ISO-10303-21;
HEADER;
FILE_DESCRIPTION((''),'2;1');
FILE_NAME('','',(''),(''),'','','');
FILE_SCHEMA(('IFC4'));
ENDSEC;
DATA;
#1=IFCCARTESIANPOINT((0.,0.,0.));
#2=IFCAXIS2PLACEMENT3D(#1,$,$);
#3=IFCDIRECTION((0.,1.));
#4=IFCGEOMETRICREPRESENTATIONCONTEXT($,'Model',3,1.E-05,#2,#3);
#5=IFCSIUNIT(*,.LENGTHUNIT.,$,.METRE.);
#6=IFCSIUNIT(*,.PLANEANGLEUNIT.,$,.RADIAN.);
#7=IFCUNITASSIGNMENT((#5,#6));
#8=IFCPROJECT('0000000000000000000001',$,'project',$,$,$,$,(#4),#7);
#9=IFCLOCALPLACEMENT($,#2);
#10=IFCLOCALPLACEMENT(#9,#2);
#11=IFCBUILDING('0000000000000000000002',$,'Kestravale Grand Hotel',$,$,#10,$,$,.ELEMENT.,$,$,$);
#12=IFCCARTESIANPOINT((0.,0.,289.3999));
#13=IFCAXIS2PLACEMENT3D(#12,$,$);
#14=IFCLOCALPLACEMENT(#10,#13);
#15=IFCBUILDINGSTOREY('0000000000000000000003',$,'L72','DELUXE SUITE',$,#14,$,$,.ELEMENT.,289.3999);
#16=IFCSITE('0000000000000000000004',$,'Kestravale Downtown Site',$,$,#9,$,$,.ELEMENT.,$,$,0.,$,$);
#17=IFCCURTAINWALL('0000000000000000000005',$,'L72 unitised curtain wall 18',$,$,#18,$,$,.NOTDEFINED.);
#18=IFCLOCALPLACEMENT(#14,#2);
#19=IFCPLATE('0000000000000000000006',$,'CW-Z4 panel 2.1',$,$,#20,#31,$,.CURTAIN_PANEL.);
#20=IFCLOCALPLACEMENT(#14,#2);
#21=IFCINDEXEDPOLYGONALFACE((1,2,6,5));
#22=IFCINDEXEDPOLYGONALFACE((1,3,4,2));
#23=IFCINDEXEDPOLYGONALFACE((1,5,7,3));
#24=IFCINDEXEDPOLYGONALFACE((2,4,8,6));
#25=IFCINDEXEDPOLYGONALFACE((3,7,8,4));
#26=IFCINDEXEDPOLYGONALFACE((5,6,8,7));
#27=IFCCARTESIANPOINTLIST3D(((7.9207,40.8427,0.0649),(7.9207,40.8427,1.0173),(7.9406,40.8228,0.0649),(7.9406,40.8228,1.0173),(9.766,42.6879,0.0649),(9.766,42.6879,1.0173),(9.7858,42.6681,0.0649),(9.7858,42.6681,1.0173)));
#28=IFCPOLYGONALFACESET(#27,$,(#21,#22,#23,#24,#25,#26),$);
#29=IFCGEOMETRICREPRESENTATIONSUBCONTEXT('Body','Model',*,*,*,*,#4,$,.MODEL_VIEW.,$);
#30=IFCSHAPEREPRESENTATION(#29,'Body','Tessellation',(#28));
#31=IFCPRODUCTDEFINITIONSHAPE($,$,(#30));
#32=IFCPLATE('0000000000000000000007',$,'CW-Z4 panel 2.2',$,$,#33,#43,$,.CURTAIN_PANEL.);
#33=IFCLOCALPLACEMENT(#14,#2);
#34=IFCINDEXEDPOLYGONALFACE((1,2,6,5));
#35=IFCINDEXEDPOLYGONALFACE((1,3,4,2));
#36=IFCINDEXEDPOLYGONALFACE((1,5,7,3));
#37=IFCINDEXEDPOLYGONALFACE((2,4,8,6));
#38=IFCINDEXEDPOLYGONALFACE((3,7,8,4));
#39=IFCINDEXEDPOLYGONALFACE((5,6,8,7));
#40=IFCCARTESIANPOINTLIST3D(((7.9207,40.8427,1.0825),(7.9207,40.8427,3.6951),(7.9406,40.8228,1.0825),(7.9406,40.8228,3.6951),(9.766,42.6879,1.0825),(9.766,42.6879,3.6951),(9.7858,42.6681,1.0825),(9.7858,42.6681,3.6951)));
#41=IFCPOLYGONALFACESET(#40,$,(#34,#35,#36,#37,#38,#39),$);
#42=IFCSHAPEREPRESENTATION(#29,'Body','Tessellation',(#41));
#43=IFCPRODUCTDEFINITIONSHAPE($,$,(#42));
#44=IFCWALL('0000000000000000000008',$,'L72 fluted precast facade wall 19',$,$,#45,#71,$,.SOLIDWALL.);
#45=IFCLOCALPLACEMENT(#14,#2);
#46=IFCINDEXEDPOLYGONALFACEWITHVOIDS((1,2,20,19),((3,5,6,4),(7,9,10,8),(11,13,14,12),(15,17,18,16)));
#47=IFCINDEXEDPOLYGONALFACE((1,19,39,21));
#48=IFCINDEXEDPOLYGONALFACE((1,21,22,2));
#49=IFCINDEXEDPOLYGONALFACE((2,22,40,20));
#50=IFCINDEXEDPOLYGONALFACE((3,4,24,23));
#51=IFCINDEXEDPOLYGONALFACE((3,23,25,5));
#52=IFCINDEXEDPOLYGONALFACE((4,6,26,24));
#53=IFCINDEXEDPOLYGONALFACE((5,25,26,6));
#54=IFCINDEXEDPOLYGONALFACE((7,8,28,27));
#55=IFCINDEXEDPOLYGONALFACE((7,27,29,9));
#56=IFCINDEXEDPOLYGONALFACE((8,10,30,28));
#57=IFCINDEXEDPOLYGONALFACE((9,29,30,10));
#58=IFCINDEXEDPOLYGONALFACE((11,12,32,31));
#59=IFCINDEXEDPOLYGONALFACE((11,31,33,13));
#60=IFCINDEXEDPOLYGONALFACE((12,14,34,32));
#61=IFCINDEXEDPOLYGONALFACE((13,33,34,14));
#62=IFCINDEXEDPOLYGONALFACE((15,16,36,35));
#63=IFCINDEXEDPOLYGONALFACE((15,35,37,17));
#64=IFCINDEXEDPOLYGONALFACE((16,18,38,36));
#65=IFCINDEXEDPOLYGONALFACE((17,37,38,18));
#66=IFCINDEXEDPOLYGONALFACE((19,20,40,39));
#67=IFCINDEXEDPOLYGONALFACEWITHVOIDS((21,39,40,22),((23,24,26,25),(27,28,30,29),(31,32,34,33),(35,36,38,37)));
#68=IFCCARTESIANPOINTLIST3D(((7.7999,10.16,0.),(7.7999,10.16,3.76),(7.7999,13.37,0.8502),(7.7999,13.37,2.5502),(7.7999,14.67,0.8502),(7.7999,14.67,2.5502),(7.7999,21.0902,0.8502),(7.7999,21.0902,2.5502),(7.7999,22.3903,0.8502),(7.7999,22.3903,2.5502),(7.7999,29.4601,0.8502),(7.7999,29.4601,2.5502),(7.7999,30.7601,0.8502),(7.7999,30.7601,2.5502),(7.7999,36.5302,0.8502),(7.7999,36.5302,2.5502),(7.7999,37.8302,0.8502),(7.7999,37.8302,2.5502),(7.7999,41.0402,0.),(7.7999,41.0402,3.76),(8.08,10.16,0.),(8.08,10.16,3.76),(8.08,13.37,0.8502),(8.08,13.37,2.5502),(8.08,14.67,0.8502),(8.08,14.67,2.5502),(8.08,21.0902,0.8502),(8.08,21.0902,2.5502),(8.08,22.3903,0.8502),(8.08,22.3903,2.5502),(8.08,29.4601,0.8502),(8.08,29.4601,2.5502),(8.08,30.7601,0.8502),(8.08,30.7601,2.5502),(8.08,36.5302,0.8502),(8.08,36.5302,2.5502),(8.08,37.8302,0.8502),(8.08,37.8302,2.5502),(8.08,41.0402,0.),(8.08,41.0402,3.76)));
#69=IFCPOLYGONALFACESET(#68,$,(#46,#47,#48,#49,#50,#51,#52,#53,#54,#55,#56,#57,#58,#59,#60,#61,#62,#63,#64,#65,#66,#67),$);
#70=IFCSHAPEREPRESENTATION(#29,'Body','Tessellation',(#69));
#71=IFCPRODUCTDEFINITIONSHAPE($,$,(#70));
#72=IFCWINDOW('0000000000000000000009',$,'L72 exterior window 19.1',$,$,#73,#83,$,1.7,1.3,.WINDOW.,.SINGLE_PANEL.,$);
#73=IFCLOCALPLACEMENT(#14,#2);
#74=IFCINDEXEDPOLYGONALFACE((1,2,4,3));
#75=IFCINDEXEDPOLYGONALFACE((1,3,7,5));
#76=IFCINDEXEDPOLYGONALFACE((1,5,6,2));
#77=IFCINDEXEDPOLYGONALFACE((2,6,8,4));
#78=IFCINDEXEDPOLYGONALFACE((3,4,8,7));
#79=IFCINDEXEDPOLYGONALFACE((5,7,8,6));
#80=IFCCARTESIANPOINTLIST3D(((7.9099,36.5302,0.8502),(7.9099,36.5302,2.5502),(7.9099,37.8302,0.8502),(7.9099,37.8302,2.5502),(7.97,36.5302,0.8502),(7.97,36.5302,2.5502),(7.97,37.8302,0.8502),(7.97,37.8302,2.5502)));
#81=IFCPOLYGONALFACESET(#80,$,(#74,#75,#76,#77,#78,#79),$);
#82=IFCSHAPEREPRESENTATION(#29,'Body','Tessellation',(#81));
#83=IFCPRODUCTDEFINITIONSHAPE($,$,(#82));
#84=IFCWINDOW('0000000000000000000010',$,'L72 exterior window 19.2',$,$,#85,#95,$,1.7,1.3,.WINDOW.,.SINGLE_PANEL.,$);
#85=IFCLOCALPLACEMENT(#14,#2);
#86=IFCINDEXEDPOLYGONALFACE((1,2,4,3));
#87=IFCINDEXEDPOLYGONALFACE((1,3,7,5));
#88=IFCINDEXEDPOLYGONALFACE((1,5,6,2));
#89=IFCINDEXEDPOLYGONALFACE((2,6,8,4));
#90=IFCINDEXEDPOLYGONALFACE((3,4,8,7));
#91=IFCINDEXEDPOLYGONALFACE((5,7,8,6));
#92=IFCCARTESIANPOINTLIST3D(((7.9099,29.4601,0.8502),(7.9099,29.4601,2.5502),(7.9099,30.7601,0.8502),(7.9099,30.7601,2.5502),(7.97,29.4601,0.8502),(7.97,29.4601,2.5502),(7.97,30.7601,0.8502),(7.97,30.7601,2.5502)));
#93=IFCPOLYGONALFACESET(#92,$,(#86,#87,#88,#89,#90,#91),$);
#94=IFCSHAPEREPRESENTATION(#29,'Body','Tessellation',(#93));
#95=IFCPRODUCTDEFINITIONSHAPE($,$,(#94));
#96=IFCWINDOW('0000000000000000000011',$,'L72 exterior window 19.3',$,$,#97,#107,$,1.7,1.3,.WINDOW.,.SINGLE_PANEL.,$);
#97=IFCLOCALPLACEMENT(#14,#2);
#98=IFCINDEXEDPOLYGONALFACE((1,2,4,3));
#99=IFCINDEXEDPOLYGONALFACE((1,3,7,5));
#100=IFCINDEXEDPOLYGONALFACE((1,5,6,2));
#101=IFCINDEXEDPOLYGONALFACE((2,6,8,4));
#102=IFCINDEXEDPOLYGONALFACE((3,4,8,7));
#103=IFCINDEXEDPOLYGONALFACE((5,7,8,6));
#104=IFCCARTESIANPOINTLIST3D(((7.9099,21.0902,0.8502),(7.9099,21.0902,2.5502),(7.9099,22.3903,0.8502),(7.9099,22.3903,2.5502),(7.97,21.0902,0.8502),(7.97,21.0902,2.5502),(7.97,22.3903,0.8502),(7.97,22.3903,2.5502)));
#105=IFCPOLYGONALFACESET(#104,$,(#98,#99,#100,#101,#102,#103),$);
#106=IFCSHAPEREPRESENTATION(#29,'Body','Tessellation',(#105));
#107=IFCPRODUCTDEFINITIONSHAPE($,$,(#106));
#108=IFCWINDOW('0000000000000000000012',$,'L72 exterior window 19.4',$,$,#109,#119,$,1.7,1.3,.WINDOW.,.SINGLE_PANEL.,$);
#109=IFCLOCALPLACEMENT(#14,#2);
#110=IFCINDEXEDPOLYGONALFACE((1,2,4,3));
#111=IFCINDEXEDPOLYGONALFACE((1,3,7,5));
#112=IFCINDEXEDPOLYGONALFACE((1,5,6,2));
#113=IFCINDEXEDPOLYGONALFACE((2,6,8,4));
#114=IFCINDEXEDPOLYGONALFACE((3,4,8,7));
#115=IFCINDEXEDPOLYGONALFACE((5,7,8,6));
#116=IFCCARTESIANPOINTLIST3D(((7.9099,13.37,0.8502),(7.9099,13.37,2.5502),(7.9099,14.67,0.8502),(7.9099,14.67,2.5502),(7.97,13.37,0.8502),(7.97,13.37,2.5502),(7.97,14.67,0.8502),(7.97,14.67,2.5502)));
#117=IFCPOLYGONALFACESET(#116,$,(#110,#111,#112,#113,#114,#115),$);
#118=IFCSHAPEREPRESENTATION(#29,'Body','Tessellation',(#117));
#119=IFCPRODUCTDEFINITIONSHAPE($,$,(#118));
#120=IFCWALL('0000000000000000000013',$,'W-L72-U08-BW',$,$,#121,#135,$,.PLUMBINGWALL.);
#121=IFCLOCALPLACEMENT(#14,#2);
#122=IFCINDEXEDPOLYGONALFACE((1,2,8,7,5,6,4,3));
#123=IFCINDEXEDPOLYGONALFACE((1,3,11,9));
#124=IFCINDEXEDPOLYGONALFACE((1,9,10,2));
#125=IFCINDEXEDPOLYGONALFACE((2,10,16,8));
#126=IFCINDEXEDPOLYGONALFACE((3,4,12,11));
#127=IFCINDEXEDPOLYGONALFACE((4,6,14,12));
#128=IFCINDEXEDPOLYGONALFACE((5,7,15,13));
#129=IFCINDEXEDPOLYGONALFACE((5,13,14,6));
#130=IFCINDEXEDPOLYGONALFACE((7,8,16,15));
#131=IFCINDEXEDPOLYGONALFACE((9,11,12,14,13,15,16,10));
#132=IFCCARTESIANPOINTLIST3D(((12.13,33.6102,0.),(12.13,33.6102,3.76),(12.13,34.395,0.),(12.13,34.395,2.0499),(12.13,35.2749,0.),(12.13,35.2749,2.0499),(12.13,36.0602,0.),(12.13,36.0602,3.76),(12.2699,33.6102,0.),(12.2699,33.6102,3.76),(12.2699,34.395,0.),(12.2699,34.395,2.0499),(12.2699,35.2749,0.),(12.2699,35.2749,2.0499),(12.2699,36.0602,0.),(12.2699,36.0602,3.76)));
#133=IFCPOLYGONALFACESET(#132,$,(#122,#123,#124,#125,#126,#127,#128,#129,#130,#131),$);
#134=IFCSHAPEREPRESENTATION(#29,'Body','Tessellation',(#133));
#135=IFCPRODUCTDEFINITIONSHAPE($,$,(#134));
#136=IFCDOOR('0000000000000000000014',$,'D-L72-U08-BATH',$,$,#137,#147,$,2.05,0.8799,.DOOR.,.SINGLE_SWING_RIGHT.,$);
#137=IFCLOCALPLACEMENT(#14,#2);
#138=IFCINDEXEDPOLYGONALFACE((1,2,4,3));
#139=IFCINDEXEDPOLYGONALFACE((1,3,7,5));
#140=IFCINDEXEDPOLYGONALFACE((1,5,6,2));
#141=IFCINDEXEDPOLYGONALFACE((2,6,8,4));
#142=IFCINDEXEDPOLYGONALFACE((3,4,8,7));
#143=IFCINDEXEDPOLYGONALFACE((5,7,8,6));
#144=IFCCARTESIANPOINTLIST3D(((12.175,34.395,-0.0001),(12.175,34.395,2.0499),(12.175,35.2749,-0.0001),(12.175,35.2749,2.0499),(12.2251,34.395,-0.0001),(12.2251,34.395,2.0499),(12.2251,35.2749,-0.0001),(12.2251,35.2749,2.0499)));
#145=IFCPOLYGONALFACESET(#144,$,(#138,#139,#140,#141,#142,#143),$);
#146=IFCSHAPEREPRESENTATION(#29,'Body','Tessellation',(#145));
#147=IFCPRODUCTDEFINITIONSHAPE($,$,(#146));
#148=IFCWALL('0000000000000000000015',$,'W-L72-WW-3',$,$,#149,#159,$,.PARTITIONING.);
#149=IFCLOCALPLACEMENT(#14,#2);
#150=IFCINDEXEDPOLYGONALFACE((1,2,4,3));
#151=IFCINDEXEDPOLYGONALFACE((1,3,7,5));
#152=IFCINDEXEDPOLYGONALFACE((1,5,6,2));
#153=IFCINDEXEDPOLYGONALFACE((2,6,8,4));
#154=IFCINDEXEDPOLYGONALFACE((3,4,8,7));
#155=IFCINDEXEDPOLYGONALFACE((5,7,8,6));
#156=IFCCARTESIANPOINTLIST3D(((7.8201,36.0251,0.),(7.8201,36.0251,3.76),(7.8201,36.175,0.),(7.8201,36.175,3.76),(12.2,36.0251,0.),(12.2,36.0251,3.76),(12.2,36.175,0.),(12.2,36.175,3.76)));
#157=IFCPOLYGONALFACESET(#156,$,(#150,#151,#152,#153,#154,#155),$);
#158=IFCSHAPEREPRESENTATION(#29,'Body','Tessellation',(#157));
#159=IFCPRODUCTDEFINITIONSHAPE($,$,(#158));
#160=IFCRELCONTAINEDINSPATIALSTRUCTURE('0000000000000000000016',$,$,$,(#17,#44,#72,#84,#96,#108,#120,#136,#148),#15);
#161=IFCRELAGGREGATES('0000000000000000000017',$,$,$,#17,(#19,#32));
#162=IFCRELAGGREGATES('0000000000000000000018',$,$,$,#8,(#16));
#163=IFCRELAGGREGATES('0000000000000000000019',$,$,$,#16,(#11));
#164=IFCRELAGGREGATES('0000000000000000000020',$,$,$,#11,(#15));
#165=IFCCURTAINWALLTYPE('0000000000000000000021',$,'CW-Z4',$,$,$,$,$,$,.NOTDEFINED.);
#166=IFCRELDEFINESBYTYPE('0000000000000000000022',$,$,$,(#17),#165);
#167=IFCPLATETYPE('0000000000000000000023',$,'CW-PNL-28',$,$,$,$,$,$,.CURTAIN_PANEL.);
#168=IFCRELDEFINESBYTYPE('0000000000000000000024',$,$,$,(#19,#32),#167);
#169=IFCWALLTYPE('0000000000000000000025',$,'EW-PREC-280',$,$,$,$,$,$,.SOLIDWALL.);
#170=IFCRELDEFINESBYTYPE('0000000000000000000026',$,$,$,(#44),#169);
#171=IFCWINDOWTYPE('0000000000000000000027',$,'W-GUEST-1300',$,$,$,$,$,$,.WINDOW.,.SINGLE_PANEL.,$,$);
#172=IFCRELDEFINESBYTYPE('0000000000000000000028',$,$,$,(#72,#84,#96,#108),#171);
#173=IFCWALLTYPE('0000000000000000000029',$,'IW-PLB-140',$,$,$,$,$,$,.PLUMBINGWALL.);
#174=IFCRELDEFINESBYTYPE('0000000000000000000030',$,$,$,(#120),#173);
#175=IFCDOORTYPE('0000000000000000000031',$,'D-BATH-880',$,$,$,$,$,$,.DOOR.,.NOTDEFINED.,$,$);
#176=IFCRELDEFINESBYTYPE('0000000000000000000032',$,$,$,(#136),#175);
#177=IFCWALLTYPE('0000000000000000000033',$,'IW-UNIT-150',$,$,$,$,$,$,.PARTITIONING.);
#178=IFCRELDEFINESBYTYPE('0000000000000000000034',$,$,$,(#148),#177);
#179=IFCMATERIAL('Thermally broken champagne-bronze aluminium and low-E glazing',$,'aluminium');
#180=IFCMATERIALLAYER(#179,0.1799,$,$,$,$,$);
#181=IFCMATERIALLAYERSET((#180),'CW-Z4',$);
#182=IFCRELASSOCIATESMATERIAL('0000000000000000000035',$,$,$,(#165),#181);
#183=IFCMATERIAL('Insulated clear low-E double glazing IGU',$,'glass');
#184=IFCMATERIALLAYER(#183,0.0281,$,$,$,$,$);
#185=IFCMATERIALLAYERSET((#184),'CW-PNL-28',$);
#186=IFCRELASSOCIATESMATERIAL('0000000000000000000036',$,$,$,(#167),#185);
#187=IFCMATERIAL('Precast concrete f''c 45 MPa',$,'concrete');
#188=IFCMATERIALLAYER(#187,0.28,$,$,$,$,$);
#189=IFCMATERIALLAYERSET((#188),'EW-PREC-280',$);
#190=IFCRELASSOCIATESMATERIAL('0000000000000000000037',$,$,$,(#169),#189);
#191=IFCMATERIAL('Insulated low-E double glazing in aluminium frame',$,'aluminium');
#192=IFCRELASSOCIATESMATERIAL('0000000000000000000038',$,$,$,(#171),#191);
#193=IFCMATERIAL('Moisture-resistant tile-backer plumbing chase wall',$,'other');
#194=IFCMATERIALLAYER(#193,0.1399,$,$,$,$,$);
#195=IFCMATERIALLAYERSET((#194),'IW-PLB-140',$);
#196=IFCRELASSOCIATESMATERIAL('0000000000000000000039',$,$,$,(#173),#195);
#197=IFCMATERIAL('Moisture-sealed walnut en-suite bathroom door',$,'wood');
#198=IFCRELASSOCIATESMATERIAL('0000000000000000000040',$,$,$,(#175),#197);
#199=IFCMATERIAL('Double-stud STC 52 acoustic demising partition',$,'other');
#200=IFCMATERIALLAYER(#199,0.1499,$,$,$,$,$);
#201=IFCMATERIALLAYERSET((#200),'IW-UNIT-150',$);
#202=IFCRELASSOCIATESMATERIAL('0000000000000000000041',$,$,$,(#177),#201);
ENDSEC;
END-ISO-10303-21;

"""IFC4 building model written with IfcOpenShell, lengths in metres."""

from ifc_helpers import new_model, si_unit, direction, frame, frame_2d, origin, origin_2d, place, context, subcontext, project, spatial, rectangle, extrude, material, layer, layer_set, type_object, element, fill, aggregate, save


model = new_model("IFC4")

# Units and contexts
model_context = context("Model", 3, precision=1e-05, world=origin(), true_north=direction((0.0, 1.0)))
body_context = subcontext(model_context, "Body", "Model", "MODEL_VIEW")
ifc_project = project(units=[si_unit("LENGTHUNIT", "METRE"), si_unit("PLANEANGLEUNIT", "RADIAN")], contexts=[model_context])

# Site, building, storey
site_placement = place(None, origin())
site = spatial("IfcSite", under=ifc_project, at=site_placement, Name="Kestravale Downtown Site", CompositionType="ELEMENT", RefElevation=0.0)
building_placement = place(site_placement, origin())
building = spatial("IfcBuilding", under=site, at=building_placement, Name="Kestravale Grand Hotel", CompositionType="ELEMENT")
storey_placement = place(building_placement, frame((0.0, 0.0, 289.3999)))
storey = spatial("IfcBuildingStorey", under=building, at=storey_placement, Name="L72", Description="DELUXE SUITE", CompositionType="ELEMENT", Elevation=289.3999)

# Curtain wall, plates
ifc_material_1 = material(Name="Thermally broken champagne-bronze aluminium and low-E glazing", Category="aluminium")
ifc_layer_1 = layer(ifc_material_1, 0.1799)
ifc_layer_set_1 = layer_set([ifc_layer_1], Name="CW-Z4")
curtain_wall_type = type_object("IfcCurtainWallType", Name="CW-Z4", PredefinedType="NOTDEFINED", material=ifc_layer_set_1)
curtain_wall_placement = place(storey_placement, origin())
curtain_wall = element("IfcCurtainWall", 1, at=curtain_wall_placement, inside=storey, type_object=curtain_wall_type, Name="L72 unitised curtain wall 18", PredefinedType="NOTDEFINED")
ifc_material_2 = material(Name="Insulated clear low-E double glazing IGU", Category="glass")
ifc_layer_2 = layer(ifc_material_2, 0.0281)
ifc_layer_set_2 = layer_set([ifc_layer_2], Name="CW-PNL-28")
plate_type = type_object("IfcPlateType", Name="CW-PNL-28", PredefinedType="CURTAIN_PANEL", material=ifc_layer_set_2)
plate_1_placement = place(storey_placement, frame((8.8533, 41.7554, 0.0649), z_axis=(0.0, 0.0, 1.0), x_axis=(-0.707107, -0.707107, 0.0)))
plate_1 = element("IfcPlate", 2, at=plate_1_placement, type_object=plate_type, Name="CW-Z4 panel 2.1", PredefinedType="CURTAIN_PANEL", context=body_context, shape_type="SweptSolid", body=[
    extrude(rectangle(XDim=2.6096, YDim=0.0281, at=origin_2d()), origin(), (0.0, 0.0, 1.0), 0.9524),
])
plate_2_placement = place(storey_placement, frame((8.8533, 41.7554, 1.0825), z_axis=(0.0, 0.0, 1.0), x_axis=(-0.707107, -0.707107, 0.0)))
plate_2 = element("IfcPlate", 3, at=plate_2_placement, type_object=plate_type, Name="CW-Z4 panel 2.2", PredefinedType="CURTAIN_PANEL", context=body_context, shape_type="SweptSolid", body=[
    extrude(rectangle(XDim=2.6096, YDim=0.0281, at=origin_2d()), origin(), (0.0, 0.0, 1.0), 2.6125),
])
aggregate(curtain_wall, [plate_1, plate_2])

# Wall, openings, windows
ifc_material_3 = material(Name="Precast concrete f'c 45 MPa", Category="concrete")
ifc_layer_3 = layer(ifc_material_3, 0.28)
ifc_layer_set_3 = layer_set([ifc_layer_3], Name="EW-PREC-280")
wall_type_1 = type_object("IfcWallType", Name="EW-PREC-280", PredefinedType="SOLIDWALL", material=ifc_layer_set_3)
wall_1_placement = place(storey_placement, frame((7.9399, 41.04, 0.0), z_axis=(0.0, 0.0, 1.0), x_axis=(0.0, -1.0, 0.0)))
wall_1 = element("IfcWall", 4, at=wall_1_placement, inside=storey, type_object=wall_type_1, Name="L72 fluted precast facade wall 19", PredefinedType="SOLIDWALL", context=body_context, shape_type="SweptSolid", body=[
    extrude(rectangle(XDim=30.8801, YDim=0.28, at=frame_2d((15.4399, 0.0))), origin(), (0.0, 0.0, 1.0), 3.76),
])
opening_1_placement = place(wall_1_placement, frame((3.21, 0.0, 0.8501)))
opening_1 = element("IfcOpeningElement", 5, at=opening_1_placement, cuts=wall_1, PredefinedType="OPENING", context=body_context, shape_type="SweptSolid", body=[
    extrude(rectangle(XDim=1.3, YDim=1.7, at=frame_2d((0.6499, 0.8501))), frame((0.0, 0.1499, 0.0), z_axis=(0.0, -1.0, 0.0), x_axis=(1.0, 0.0, 0.0)), (0.0, 0.0, 1.0), 0.3),
])
opening_2_placement = place(wall_1_placement, frame((10.28, 0.0, 0.8501)))
opening_2 = element("IfcOpeningElement", 6, at=opening_2_placement, cuts=wall_1, PredefinedType="OPENING", context=body_context, shape_type="SweptSolid", body=[
    extrude(rectangle(XDim=1.3, YDim=1.7, at=frame_2d((0.6499, 0.8501))), frame((0.0, 0.1499, 0.0), z_axis=(0.0, -1.0, 0.0), x_axis=(1.0, 0.0, 0.0)), (0.0, 0.0, 1.0), 0.3),
])
opening_3_placement = place(wall_1_placement, frame((18.6499, 0.0, 0.8501)))
opening_3 = element("IfcOpeningElement", 7, at=opening_3_placement, cuts=wall_1, PredefinedType="OPENING", context=body_context, shape_type="SweptSolid", body=[
    extrude(rectangle(XDim=1.3, YDim=1.7, at=frame_2d((0.6499, 0.8501))), frame((0.0, 0.1499, 0.0), z_axis=(0.0, -1.0, 0.0), x_axis=(1.0, 0.0, 0.0)), (0.0, 0.0, 1.0), 0.3),
])
opening_4_placement = place(wall_1_placement, frame((26.3701, 0.0, 0.8501)))
opening_4 = element("IfcOpeningElement", 8, at=opening_4_placement, cuts=wall_1, PredefinedType="OPENING", context=body_context, shape_type="SweptSolid", body=[
    extrude(rectangle(XDim=1.3, YDim=1.7, at=frame_2d((0.6499, 0.8501))), frame((0.0, 0.1499, 0.0), z_axis=(0.0, -1.0, 0.0), x_axis=(1.0, 0.0, 0.0)), (0.0, 0.0, 1.0), 0.3),
])
ifc_material_4 = material(Name="Insulated low-E double glazing in aluminium frame", Category="aluminium")
window_type = type_object("IfcWindowType", Name="W-GUEST-1300", PartitioningType="SINGLE_PANEL", PredefinedType="WINDOW", material=ifc_material_4)
window_1_placement = place(opening_1_placement, origin())
window_1 = element("IfcWindow", 9, at=window_1_placement, inside=storey, type_object=window_type, Name="L72 exterior window 19.1", OverallHeight=1.7, OverallWidth=1.3, PartitioningType="SINGLE_PANEL", PredefinedType="WINDOW", context=body_context, shape_type="SweptSolid", body=[
    extrude(rectangle(XDim=1.3, YDim=1.7, at=frame_2d((0.6499, 0.8501))), frame((0.0, 0.03, 0.0), z_axis=(0.0, -1.0, 0.0), x_axis=(1.0, 0.0, 0.0)), (0.0, 0.0, 1.0), 0.0601),
])
fill(opening_1, window_1)
window_2_placement = place(opening_2_placement, origin())
window_2 = element("IfcWindow", 10, at=window_2_placement, inside=storey, type_object=window_type, Name="L72 exterior window 19.2", OverallHeight=1.7, OverallWidth=1.3, PartitioningType="SINGLE_PANEL", PredefinedType="WINDOW", context=body_context, shape_type="SweptSolid", body=[
    extrude(rectangle(XDim=1.3, YDim=1.7, at=frame_2d((0.6499, 0.8501))), frame((0.0, 0.03, 0.0), z_axis=(0.0, -1.0, 0.0), x_axis=(1.0, 0.0, 0.0)), (0.0, 0.0, 1.0), 0.0601),
])
fill(opening_2, window_2)
window_3_placement = place(opening_3_placement, origin())
window_3 = element("IfcWindow", 11, at=window_3_placement, inside=storey, type_object=window_type, Name="L72 exterior window 19.3", OverallHeight=1.7, OverallWidth=1.3, PartitioningType="SINGLE_PANEL", PredefinedType="WINDOW", context=body_context, shape_type="SweptSolid", body=[
    extrude(rectangle(XDim=1.3, YDim=1.7, at=frame_2d((0.6499, 0.8501))), frame((0.0, 0.03, 0.0), z_axis=(0.0, -1.0, 0.0), x_axis=(1.0, 0.0, 0.0)), (0.0, 0.0, 1.0), 0.0601),
])
fill(opening_3, window_3)
window_4_placement = place(opening_4_placement, origin())
window_4 = element("IfcWindow", 12, at=window_4_placement, inside=storey, type_object=window_type, Name="L72 exterior window 19.4", OverallHeight=1.7, OverallWidth=1.3, PartitioningType="SINGLE_PANEL", PredefinedType="WINDOW", context=body_context, shape_type="SweptSolid", body=[
    extrude(rectangle(XDim=1.3, YDim=1.7, at=frame_2d((0.6499, 0.8501))), frame((0.0, 0.03, 0.0), z_axis=(0.0, -1.0, 0.0), x_axis=(1.0, 0.0, 0.0)), (0.0, 0.0, 1.0), 0.0601),
])
fill(opening_4, window_4)

# Wall, opening, door
ifc_material_5 = material(Name="Moisture-resistant tile-backer plumbing chase wall", Category="other")
ifc_layer_4 = layer(ifc_material_5, 0.1399)
ifc_layer_set_4 = layer_set([ifc_layer_4], Name="IW-PLB-140")
wall_type_2 = type_object("IfcWallType", Name="IW-PLB-140", PredefinedType="PLUMBINGWALL", material=ifc_layer_set_4)
wall_2_placement = place(storey_placement, frame((12.2, 33.6101, 0.0), z_axis=(0.0, 0.0, 1.0), x_axis=(0.0, 1.0, 0.0)))
wall_2 = element("IfcWall", 13, at=wall_2_placement, inside=storey, type_object=wall_type_2, Name="W-L72-U08-BW", PredefinedType="PLUMBINGWALL", context=body_context, shape_type="SweptSolid", body=[
    extrude(rectangle(XDim=2.45, YDim=0.1399, at=frame_2d((1.2251, 0.0))), origin(), (0.0, 0.0, 1.0), 3.76),
])
opening_5_placement = place(wall_2_placement, frame((0.7849, 0.0, 0.0)))
opening_5 = element("IfcOpeningElement", 14, at=opening_5_placement, cuts=wall_2, PredefinedType="OPENING", context=body_context, shape_type="SweptSolid", body=[
    extrude(rectangle(XDim=0.8799, YDim=2.05, at=frame_2d((0.4399, 1.0249))), frame((0.0, 0.0798, 0.0), z_axis=(0.0, -1.0, 0.0), x_axis=(1.0, 0.0, 0.0)), (0.0, 0.0, 1.0), 0.1599),
])
ifc_material_6 = material(Name="Moisture-sealed walnut en-suite bathroom door", Category="wood")
door_type = type_object("IfcDoorType", Name="D-BATH-880", OperationType="NOTDEFINED", PredefinedType="DOOR", material=ifc_material_6)
door_placement = place(opening_5_placement, origin())
door = element("IfcDoor", 15, at=door_placement, inside=storey, type_object=door_type, Name="D-L72-U08-BATH", OperationType="SINGLE_SWING_RIGHT", OverallHeight=2.05, OverallWidth=0.8799, PredefinedType="DOOR", context=body_context, shape_type="SweptSolid", body=[
    extrude(rectangle(XDim=0.8799, YDim=2.05, at=frame_2d((0.4399, 1.0249))), frame((0.0, 0.0249, 0.0), z_axis=(0.0, -1.0, 0.0), x_axis=(1.0, 0.0, 0.0)), (0.0, 0.0, 1.0), 0.05),
])
fill(opening_5, door)

# Wall
ifc_material_7 = material(Name="Double-stud STC 52 acoustic demising partition", Category="other")
ifc_layer_5 = layer(ifc_material_7, 0.1499)
ifc_layer_set_5 = layer_set([ifc_layer_5], Name="IW-UNIT-150")
wall_type_3 = type_object("IfcWallType", Name="IW-UNIT-150", PredefinedType="PARTITIONING", material=ifc_layer_set_5)
wall_3_placement = place(storey_placement, frame((7.8201, 36.1001, 0.0), z_axis=(0.0, 0.0, 1.0), x_axis=(1.0, 0.0, 0.0)))
element("IfcWall", 16, at=wall_3_placement, inside=storey, type_object=wall_type_3, Name="W-L72-WW-3", PredefinedType="PARTITIONING", context=body_context, shape_type="SweptSolid", body=[
    extrude(rectangle(XDim=4.3799, YDim=0.1499, at=frame_2d((2.1899, 0.0))), origin(), (0.0, 0.0, 1.0), 3.76),
])

save(model, "model.ifc")
